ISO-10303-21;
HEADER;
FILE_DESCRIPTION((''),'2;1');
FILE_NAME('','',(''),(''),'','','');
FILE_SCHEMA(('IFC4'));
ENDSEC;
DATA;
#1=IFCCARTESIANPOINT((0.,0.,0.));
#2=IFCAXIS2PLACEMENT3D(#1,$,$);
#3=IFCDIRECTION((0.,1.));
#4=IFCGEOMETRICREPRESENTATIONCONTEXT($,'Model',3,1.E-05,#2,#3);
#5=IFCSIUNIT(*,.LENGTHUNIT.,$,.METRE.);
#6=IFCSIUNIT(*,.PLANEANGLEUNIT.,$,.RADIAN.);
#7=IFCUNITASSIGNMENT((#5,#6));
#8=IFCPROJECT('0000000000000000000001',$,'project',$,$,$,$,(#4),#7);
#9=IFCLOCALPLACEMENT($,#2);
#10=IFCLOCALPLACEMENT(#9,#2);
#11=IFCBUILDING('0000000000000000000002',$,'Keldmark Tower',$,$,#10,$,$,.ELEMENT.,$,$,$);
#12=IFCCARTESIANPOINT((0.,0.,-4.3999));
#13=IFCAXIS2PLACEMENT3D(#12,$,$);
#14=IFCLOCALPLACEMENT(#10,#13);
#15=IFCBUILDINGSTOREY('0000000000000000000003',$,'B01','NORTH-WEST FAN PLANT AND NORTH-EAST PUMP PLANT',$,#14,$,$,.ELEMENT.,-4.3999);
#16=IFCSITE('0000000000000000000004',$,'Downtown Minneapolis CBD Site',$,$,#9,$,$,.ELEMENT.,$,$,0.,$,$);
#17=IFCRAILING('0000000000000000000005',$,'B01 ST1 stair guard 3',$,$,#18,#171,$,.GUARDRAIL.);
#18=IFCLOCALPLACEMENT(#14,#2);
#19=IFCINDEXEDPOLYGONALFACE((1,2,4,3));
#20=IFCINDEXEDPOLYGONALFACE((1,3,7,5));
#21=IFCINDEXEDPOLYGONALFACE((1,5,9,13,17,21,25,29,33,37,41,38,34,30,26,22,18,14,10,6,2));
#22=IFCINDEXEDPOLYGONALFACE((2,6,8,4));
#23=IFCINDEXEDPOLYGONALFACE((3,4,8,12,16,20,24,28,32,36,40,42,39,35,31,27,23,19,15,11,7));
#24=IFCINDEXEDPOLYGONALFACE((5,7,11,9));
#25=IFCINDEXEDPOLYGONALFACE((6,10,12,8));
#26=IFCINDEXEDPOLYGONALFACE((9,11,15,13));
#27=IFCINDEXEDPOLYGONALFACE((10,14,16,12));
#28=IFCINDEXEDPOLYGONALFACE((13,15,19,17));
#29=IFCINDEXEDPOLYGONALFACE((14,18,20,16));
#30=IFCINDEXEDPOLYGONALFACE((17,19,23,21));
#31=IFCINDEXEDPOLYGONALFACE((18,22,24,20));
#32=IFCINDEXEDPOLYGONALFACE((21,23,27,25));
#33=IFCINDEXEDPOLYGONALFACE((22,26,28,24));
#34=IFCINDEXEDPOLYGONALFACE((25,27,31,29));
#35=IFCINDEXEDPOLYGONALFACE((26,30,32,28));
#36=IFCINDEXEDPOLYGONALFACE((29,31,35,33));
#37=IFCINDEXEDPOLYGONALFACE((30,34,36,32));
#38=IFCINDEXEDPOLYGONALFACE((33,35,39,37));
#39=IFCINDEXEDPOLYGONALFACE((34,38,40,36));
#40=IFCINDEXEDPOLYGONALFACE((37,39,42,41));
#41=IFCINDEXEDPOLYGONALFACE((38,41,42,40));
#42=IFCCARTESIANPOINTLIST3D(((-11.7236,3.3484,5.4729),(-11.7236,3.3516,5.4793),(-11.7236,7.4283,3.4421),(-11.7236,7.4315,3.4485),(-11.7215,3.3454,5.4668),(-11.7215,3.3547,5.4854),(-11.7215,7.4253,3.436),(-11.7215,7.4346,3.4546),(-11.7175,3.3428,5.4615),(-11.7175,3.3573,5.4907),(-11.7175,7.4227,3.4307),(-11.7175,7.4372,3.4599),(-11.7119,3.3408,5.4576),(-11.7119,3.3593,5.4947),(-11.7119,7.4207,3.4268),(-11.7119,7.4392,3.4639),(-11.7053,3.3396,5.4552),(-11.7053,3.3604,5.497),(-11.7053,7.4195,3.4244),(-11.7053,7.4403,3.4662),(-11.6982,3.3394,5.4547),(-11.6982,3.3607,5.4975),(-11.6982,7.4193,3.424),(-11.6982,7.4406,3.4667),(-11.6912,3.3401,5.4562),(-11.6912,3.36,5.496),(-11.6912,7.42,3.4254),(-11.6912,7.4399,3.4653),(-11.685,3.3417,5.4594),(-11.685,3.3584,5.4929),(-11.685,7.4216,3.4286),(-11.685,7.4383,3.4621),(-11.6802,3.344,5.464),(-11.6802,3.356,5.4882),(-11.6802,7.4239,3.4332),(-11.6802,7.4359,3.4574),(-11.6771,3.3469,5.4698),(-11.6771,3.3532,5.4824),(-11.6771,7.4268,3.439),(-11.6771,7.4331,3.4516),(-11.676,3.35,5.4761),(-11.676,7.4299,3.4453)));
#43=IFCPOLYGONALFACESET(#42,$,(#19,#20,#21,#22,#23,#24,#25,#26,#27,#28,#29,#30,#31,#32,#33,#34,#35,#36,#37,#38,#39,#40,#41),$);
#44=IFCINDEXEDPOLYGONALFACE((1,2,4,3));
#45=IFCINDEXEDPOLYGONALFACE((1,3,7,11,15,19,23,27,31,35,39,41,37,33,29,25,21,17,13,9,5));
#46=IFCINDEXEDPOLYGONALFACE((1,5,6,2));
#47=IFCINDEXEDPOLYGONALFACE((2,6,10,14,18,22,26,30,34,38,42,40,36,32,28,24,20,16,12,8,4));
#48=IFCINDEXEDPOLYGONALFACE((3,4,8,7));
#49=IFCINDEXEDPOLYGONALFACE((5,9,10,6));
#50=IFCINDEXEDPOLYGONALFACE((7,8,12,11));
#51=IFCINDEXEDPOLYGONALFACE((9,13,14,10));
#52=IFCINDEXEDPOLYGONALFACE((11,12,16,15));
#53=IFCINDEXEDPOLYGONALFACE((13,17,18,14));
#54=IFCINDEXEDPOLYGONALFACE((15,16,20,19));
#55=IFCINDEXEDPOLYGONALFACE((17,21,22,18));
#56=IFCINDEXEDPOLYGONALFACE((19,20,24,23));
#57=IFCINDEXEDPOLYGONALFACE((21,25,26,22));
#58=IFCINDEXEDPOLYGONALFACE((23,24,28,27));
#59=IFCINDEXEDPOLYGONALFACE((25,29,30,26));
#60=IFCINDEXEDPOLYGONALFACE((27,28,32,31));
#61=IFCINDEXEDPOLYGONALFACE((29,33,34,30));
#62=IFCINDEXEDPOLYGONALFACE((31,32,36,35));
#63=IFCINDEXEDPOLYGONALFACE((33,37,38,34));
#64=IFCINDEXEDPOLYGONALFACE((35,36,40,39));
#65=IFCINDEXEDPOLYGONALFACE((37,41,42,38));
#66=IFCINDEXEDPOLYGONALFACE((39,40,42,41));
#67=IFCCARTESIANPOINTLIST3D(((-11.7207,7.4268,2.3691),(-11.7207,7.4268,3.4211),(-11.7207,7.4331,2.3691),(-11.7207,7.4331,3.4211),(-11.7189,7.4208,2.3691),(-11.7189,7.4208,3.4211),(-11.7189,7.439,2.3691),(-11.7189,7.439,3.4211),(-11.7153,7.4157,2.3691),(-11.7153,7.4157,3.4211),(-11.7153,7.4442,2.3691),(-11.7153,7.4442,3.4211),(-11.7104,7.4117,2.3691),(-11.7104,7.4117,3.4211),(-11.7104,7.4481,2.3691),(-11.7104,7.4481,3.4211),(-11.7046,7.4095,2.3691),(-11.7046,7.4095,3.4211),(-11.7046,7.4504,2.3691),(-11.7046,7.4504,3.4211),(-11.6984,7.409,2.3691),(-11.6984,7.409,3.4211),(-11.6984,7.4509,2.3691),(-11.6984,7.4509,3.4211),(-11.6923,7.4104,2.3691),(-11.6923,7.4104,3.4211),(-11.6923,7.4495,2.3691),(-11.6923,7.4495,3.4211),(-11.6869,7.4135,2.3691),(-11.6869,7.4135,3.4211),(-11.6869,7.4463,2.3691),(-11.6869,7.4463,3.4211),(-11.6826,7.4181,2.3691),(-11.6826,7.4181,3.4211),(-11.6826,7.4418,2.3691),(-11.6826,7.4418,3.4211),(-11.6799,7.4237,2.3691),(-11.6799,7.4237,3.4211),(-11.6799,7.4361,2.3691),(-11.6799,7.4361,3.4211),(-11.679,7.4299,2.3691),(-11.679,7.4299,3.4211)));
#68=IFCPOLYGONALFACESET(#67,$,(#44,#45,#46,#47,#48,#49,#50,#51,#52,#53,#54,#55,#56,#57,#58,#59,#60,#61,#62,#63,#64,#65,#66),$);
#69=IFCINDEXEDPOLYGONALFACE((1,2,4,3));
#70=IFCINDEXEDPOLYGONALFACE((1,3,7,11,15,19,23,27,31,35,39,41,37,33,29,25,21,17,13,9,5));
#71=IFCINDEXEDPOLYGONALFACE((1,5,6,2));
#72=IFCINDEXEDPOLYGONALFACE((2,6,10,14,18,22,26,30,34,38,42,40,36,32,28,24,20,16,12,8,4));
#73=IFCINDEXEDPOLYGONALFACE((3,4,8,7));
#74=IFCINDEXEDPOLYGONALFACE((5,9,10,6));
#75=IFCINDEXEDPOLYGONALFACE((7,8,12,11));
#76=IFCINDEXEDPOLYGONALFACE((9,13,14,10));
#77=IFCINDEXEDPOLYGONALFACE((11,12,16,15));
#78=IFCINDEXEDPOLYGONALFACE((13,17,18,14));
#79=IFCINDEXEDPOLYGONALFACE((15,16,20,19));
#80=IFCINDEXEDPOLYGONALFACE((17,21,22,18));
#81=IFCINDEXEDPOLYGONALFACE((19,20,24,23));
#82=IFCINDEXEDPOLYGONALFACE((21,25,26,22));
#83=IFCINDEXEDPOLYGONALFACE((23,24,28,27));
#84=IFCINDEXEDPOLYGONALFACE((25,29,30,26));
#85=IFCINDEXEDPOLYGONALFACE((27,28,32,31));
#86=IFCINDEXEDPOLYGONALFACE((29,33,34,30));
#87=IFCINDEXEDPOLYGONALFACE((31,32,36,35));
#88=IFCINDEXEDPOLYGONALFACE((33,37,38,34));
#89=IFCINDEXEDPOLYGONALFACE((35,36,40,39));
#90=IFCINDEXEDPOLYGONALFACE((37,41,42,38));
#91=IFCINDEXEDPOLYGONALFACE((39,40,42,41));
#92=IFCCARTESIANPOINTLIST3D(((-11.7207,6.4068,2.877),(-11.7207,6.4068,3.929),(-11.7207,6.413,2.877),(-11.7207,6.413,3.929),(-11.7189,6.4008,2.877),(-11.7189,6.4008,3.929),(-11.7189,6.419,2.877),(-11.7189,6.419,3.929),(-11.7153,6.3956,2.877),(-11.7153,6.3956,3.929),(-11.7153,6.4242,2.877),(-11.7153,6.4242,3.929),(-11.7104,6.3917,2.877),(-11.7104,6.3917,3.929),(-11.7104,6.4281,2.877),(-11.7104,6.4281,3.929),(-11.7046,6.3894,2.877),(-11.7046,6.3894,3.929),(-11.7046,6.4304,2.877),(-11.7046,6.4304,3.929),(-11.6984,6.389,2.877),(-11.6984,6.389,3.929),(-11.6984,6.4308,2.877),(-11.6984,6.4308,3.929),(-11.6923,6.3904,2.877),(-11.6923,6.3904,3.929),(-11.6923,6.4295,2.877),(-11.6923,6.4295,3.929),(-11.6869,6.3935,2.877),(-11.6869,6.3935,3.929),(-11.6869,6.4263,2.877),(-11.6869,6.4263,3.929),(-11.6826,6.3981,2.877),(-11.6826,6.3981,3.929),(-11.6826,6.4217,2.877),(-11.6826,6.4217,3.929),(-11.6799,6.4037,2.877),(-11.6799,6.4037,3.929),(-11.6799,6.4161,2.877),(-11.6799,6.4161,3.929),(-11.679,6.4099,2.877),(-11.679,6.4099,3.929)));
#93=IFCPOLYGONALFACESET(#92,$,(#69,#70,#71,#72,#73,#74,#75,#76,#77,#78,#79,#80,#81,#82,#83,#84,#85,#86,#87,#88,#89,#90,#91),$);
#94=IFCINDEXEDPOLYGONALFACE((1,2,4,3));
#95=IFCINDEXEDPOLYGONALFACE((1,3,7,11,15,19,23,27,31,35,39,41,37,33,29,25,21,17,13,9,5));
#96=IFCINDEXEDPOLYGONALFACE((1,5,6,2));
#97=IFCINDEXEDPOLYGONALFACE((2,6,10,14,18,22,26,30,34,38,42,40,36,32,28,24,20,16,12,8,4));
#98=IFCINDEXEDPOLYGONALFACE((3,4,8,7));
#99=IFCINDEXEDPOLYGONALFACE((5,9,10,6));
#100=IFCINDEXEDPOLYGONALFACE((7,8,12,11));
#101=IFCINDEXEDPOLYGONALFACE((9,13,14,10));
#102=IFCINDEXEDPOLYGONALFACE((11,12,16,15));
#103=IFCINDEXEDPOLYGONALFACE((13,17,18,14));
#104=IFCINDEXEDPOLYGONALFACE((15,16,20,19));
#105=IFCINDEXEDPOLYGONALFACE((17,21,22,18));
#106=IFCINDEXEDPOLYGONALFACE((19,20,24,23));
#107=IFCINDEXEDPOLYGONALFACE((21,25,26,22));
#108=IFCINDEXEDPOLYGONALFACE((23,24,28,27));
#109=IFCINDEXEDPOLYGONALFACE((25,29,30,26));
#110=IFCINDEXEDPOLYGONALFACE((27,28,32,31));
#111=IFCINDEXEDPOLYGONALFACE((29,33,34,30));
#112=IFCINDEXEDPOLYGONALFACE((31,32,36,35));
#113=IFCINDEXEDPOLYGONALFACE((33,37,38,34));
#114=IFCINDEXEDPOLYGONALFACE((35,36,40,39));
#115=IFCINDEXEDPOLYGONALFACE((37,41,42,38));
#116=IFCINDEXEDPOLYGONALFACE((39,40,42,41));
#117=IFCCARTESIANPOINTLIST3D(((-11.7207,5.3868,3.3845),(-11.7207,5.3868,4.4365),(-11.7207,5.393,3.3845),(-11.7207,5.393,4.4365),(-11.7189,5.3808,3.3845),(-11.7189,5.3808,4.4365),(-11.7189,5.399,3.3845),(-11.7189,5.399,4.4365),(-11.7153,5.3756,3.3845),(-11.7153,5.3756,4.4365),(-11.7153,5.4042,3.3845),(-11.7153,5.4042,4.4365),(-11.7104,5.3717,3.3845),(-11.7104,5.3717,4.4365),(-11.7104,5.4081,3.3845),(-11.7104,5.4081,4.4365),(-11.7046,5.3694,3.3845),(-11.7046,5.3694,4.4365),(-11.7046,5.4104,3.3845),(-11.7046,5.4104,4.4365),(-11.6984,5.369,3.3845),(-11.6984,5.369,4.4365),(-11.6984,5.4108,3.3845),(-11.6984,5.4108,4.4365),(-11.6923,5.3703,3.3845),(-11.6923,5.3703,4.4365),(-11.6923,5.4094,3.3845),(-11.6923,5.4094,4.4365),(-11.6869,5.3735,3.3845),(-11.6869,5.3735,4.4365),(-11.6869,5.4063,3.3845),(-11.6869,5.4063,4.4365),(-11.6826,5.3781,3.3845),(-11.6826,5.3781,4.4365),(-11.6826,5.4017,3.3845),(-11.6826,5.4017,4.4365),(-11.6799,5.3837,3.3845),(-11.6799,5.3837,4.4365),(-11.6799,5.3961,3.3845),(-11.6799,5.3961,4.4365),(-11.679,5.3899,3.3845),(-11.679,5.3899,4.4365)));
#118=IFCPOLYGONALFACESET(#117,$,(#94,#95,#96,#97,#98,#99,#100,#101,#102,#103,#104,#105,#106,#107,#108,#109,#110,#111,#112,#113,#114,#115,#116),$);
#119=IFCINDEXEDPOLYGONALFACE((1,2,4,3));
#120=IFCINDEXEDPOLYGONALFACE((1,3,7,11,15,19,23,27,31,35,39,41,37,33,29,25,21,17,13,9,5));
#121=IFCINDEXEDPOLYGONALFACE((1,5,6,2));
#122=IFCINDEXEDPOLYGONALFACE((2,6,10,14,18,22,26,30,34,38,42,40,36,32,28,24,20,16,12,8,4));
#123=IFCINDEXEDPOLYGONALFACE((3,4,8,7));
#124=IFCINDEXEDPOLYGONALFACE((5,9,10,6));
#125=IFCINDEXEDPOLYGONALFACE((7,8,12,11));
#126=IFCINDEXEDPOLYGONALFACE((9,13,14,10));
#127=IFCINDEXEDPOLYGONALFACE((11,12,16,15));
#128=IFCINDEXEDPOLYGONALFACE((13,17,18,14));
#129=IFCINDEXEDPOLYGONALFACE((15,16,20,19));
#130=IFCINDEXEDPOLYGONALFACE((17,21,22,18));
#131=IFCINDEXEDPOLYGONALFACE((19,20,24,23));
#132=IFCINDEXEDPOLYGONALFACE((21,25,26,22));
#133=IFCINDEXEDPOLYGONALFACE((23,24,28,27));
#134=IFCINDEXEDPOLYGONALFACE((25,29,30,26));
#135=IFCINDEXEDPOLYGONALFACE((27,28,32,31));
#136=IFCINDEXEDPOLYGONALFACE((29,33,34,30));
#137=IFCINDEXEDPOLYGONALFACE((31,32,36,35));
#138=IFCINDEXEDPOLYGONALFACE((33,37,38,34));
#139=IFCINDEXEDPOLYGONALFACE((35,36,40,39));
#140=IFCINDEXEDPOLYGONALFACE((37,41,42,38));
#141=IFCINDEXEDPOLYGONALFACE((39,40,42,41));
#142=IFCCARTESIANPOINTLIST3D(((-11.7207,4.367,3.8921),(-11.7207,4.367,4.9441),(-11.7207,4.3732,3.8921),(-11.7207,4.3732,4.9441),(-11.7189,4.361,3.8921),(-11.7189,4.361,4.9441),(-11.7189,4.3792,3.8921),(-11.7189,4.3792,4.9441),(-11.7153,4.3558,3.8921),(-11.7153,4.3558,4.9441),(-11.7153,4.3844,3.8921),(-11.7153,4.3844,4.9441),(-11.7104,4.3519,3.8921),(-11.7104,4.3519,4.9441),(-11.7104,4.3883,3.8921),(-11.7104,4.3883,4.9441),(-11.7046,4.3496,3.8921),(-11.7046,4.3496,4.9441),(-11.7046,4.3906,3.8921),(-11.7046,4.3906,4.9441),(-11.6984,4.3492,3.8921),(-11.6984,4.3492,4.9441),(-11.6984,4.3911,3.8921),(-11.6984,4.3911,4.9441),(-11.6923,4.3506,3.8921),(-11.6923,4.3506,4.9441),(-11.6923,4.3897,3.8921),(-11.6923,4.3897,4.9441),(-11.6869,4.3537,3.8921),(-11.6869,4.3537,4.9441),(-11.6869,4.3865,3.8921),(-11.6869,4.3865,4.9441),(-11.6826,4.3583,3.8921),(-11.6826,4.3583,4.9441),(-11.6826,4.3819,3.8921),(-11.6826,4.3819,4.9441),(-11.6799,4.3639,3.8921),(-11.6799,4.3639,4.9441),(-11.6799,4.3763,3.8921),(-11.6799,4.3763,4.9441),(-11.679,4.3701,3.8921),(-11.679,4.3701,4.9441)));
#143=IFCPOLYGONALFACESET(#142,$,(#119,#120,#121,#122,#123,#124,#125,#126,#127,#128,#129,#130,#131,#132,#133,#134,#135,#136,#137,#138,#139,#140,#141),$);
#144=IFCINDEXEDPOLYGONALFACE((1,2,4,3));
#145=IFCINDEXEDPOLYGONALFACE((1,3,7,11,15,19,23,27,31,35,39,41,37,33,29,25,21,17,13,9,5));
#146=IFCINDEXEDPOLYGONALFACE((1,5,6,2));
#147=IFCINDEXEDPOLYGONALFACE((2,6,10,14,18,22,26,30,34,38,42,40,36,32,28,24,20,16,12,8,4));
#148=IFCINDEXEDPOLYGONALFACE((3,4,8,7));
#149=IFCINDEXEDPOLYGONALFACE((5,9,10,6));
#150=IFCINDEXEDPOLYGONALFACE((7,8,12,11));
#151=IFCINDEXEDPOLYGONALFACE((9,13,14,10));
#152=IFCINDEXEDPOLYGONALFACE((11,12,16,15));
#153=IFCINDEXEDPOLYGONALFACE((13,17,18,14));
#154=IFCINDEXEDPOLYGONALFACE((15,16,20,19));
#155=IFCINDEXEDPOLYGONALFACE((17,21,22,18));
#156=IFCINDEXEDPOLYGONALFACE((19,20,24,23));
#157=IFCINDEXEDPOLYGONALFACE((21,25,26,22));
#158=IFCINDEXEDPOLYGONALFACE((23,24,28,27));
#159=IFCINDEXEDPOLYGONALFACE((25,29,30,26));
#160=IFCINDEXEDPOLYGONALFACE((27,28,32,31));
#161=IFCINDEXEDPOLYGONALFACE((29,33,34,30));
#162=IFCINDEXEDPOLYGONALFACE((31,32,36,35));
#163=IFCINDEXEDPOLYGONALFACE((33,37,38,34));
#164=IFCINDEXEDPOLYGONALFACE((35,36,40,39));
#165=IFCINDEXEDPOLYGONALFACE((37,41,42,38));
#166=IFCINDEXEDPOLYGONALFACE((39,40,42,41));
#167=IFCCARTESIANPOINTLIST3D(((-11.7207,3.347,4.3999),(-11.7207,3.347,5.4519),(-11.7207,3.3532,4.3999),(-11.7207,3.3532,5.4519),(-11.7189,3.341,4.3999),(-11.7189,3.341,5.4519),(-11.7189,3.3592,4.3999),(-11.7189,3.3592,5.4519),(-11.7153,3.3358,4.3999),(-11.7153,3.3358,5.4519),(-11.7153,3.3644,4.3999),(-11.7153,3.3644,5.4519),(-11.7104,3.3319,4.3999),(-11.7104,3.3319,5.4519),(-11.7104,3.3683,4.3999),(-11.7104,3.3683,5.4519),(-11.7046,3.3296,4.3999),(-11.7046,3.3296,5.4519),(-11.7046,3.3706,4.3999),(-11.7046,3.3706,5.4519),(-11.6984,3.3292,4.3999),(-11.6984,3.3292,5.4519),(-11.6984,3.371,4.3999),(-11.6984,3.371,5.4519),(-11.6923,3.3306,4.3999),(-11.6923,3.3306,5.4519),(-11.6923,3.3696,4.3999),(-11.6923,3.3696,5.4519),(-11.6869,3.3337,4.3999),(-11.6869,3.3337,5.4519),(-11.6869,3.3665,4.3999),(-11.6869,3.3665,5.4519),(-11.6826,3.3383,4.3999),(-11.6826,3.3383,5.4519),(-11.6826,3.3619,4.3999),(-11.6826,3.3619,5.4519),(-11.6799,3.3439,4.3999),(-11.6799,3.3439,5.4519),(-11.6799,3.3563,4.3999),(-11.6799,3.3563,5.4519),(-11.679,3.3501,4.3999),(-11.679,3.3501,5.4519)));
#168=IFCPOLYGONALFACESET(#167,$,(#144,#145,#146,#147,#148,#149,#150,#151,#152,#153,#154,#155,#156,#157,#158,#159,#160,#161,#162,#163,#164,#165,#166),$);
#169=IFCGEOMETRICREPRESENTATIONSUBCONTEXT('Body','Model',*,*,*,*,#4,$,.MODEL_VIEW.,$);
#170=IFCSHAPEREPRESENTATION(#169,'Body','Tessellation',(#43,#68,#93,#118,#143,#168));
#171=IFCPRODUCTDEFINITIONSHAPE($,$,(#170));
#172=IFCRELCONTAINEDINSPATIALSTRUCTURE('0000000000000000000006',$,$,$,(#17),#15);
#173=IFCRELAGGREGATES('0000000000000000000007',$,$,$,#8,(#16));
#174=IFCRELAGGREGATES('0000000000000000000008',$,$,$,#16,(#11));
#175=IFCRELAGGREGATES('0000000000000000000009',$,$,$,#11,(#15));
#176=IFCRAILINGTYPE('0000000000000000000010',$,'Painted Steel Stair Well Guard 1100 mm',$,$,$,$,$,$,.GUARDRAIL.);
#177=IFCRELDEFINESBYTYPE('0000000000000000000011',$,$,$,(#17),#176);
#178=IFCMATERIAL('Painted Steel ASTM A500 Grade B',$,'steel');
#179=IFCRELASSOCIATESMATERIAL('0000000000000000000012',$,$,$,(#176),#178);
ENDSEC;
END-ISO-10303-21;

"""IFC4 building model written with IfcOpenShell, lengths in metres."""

from ifc_helpers import new_model, si_unit, direction, frame, origin, origin_2d, place, context, subcontext, project, spatial, circle, extrude, material, type_object, element, save


model = new_model("IFC4")

# Units and contexts
model_context = context("Model", 3, precision=1e-05, world=origin(), true_north=direction((0.0, 1.0)))
body_context = subcontext(model_context, "Body", "Model", "MODEL_VIEW")
ifc_project = project(units=[si_unit("LENGTHUNIT", "METRE"), si_unit("PLANEANGLEUNIT", "RADIAN")], contexts=[model_context])

# Site, building, storey
site_placement = place(None, origin())
site = spatial("IfcSite", under=ifc_project, at=site_placement, Name="Downtown Minneapolis CBD Site", CompositionType="ELEMENT", RefElevation=0.0)
building_placement = place(site_placement, origin())
building = spatial("IfcBuilding", under=site, at=building_placement, Name="Keldmark Tower", CompositionType="ELEMENT")
storey_placement = place(building_placement, frame((0.0, 0.0, -4.3999)))
storey = spatial("IfcBuildingStorey", under=building, at=storey_placement, Name="B01", Description="NORTH-WEST FAN PLANT AND NORTH-EAST PUMP PLANT", CompositionType="ELEMENT", Elevation=-4.3999)

# Railing
ifc_material_1 = material(Name="Painted Steel ASTM A500 Grade B", Category="steel")
railing_type_1 = type_object("IfcRailingType", Name="Painted Steel Stair Well Guard 1100 mm", PredefinedType="GUARDRAIL", material=ifc_material_1)
railing_1_placement = place(storey_placement, frame((-11.7, 7.4299, 2.3691)))
element("IfcRailing", 1, at=railing_1_placement, inside=storey, type_object=railing_type_1, Name="B01 ST1 stair guard 3", PredefinedType="GUARDRAIL", context=body_context, shape_type="SweptSolid", body=[
    extrude(circle(Radius=0.0239, at=origin_2d()), frame((0.0, 0.0, 1.0762), z_axis=(0.0, -0.895229, 0.445606), x_axis=(1.0, 0.0, 0.0)), (0.0, 0.0, 1.0), 4.5574),
    extrude(circle(Radius=0.021, at=origin_2d()), origin(), (0.0, 0.0, 1.0), 1.052),
    extrude(circle(Radius=0.021, at=origin_2d()), frame((0.0, -1.02, 0.5078)), (0.0, 0.0, 1.0), 1.052),
    extrude(circle(Radius=0.021, at=origin_2d()), frame((0.0, -2.04, 1.0154)), (0.0, 0.0, 1.0), 1.052),
    extrude(circle(Radius=0.021, at=origin_2d()), frame((0.0, -3.0598, 1.5229)), (0.0, 0.0, 1.0), 1.052),
    extrude(circle(Radius=0.021, at=origin_2d()), frame((0.0, -4.0798, 2.0308)), (0.0, 0.0, 1.0), 1.052),
])

save(model, "model.ifc")
